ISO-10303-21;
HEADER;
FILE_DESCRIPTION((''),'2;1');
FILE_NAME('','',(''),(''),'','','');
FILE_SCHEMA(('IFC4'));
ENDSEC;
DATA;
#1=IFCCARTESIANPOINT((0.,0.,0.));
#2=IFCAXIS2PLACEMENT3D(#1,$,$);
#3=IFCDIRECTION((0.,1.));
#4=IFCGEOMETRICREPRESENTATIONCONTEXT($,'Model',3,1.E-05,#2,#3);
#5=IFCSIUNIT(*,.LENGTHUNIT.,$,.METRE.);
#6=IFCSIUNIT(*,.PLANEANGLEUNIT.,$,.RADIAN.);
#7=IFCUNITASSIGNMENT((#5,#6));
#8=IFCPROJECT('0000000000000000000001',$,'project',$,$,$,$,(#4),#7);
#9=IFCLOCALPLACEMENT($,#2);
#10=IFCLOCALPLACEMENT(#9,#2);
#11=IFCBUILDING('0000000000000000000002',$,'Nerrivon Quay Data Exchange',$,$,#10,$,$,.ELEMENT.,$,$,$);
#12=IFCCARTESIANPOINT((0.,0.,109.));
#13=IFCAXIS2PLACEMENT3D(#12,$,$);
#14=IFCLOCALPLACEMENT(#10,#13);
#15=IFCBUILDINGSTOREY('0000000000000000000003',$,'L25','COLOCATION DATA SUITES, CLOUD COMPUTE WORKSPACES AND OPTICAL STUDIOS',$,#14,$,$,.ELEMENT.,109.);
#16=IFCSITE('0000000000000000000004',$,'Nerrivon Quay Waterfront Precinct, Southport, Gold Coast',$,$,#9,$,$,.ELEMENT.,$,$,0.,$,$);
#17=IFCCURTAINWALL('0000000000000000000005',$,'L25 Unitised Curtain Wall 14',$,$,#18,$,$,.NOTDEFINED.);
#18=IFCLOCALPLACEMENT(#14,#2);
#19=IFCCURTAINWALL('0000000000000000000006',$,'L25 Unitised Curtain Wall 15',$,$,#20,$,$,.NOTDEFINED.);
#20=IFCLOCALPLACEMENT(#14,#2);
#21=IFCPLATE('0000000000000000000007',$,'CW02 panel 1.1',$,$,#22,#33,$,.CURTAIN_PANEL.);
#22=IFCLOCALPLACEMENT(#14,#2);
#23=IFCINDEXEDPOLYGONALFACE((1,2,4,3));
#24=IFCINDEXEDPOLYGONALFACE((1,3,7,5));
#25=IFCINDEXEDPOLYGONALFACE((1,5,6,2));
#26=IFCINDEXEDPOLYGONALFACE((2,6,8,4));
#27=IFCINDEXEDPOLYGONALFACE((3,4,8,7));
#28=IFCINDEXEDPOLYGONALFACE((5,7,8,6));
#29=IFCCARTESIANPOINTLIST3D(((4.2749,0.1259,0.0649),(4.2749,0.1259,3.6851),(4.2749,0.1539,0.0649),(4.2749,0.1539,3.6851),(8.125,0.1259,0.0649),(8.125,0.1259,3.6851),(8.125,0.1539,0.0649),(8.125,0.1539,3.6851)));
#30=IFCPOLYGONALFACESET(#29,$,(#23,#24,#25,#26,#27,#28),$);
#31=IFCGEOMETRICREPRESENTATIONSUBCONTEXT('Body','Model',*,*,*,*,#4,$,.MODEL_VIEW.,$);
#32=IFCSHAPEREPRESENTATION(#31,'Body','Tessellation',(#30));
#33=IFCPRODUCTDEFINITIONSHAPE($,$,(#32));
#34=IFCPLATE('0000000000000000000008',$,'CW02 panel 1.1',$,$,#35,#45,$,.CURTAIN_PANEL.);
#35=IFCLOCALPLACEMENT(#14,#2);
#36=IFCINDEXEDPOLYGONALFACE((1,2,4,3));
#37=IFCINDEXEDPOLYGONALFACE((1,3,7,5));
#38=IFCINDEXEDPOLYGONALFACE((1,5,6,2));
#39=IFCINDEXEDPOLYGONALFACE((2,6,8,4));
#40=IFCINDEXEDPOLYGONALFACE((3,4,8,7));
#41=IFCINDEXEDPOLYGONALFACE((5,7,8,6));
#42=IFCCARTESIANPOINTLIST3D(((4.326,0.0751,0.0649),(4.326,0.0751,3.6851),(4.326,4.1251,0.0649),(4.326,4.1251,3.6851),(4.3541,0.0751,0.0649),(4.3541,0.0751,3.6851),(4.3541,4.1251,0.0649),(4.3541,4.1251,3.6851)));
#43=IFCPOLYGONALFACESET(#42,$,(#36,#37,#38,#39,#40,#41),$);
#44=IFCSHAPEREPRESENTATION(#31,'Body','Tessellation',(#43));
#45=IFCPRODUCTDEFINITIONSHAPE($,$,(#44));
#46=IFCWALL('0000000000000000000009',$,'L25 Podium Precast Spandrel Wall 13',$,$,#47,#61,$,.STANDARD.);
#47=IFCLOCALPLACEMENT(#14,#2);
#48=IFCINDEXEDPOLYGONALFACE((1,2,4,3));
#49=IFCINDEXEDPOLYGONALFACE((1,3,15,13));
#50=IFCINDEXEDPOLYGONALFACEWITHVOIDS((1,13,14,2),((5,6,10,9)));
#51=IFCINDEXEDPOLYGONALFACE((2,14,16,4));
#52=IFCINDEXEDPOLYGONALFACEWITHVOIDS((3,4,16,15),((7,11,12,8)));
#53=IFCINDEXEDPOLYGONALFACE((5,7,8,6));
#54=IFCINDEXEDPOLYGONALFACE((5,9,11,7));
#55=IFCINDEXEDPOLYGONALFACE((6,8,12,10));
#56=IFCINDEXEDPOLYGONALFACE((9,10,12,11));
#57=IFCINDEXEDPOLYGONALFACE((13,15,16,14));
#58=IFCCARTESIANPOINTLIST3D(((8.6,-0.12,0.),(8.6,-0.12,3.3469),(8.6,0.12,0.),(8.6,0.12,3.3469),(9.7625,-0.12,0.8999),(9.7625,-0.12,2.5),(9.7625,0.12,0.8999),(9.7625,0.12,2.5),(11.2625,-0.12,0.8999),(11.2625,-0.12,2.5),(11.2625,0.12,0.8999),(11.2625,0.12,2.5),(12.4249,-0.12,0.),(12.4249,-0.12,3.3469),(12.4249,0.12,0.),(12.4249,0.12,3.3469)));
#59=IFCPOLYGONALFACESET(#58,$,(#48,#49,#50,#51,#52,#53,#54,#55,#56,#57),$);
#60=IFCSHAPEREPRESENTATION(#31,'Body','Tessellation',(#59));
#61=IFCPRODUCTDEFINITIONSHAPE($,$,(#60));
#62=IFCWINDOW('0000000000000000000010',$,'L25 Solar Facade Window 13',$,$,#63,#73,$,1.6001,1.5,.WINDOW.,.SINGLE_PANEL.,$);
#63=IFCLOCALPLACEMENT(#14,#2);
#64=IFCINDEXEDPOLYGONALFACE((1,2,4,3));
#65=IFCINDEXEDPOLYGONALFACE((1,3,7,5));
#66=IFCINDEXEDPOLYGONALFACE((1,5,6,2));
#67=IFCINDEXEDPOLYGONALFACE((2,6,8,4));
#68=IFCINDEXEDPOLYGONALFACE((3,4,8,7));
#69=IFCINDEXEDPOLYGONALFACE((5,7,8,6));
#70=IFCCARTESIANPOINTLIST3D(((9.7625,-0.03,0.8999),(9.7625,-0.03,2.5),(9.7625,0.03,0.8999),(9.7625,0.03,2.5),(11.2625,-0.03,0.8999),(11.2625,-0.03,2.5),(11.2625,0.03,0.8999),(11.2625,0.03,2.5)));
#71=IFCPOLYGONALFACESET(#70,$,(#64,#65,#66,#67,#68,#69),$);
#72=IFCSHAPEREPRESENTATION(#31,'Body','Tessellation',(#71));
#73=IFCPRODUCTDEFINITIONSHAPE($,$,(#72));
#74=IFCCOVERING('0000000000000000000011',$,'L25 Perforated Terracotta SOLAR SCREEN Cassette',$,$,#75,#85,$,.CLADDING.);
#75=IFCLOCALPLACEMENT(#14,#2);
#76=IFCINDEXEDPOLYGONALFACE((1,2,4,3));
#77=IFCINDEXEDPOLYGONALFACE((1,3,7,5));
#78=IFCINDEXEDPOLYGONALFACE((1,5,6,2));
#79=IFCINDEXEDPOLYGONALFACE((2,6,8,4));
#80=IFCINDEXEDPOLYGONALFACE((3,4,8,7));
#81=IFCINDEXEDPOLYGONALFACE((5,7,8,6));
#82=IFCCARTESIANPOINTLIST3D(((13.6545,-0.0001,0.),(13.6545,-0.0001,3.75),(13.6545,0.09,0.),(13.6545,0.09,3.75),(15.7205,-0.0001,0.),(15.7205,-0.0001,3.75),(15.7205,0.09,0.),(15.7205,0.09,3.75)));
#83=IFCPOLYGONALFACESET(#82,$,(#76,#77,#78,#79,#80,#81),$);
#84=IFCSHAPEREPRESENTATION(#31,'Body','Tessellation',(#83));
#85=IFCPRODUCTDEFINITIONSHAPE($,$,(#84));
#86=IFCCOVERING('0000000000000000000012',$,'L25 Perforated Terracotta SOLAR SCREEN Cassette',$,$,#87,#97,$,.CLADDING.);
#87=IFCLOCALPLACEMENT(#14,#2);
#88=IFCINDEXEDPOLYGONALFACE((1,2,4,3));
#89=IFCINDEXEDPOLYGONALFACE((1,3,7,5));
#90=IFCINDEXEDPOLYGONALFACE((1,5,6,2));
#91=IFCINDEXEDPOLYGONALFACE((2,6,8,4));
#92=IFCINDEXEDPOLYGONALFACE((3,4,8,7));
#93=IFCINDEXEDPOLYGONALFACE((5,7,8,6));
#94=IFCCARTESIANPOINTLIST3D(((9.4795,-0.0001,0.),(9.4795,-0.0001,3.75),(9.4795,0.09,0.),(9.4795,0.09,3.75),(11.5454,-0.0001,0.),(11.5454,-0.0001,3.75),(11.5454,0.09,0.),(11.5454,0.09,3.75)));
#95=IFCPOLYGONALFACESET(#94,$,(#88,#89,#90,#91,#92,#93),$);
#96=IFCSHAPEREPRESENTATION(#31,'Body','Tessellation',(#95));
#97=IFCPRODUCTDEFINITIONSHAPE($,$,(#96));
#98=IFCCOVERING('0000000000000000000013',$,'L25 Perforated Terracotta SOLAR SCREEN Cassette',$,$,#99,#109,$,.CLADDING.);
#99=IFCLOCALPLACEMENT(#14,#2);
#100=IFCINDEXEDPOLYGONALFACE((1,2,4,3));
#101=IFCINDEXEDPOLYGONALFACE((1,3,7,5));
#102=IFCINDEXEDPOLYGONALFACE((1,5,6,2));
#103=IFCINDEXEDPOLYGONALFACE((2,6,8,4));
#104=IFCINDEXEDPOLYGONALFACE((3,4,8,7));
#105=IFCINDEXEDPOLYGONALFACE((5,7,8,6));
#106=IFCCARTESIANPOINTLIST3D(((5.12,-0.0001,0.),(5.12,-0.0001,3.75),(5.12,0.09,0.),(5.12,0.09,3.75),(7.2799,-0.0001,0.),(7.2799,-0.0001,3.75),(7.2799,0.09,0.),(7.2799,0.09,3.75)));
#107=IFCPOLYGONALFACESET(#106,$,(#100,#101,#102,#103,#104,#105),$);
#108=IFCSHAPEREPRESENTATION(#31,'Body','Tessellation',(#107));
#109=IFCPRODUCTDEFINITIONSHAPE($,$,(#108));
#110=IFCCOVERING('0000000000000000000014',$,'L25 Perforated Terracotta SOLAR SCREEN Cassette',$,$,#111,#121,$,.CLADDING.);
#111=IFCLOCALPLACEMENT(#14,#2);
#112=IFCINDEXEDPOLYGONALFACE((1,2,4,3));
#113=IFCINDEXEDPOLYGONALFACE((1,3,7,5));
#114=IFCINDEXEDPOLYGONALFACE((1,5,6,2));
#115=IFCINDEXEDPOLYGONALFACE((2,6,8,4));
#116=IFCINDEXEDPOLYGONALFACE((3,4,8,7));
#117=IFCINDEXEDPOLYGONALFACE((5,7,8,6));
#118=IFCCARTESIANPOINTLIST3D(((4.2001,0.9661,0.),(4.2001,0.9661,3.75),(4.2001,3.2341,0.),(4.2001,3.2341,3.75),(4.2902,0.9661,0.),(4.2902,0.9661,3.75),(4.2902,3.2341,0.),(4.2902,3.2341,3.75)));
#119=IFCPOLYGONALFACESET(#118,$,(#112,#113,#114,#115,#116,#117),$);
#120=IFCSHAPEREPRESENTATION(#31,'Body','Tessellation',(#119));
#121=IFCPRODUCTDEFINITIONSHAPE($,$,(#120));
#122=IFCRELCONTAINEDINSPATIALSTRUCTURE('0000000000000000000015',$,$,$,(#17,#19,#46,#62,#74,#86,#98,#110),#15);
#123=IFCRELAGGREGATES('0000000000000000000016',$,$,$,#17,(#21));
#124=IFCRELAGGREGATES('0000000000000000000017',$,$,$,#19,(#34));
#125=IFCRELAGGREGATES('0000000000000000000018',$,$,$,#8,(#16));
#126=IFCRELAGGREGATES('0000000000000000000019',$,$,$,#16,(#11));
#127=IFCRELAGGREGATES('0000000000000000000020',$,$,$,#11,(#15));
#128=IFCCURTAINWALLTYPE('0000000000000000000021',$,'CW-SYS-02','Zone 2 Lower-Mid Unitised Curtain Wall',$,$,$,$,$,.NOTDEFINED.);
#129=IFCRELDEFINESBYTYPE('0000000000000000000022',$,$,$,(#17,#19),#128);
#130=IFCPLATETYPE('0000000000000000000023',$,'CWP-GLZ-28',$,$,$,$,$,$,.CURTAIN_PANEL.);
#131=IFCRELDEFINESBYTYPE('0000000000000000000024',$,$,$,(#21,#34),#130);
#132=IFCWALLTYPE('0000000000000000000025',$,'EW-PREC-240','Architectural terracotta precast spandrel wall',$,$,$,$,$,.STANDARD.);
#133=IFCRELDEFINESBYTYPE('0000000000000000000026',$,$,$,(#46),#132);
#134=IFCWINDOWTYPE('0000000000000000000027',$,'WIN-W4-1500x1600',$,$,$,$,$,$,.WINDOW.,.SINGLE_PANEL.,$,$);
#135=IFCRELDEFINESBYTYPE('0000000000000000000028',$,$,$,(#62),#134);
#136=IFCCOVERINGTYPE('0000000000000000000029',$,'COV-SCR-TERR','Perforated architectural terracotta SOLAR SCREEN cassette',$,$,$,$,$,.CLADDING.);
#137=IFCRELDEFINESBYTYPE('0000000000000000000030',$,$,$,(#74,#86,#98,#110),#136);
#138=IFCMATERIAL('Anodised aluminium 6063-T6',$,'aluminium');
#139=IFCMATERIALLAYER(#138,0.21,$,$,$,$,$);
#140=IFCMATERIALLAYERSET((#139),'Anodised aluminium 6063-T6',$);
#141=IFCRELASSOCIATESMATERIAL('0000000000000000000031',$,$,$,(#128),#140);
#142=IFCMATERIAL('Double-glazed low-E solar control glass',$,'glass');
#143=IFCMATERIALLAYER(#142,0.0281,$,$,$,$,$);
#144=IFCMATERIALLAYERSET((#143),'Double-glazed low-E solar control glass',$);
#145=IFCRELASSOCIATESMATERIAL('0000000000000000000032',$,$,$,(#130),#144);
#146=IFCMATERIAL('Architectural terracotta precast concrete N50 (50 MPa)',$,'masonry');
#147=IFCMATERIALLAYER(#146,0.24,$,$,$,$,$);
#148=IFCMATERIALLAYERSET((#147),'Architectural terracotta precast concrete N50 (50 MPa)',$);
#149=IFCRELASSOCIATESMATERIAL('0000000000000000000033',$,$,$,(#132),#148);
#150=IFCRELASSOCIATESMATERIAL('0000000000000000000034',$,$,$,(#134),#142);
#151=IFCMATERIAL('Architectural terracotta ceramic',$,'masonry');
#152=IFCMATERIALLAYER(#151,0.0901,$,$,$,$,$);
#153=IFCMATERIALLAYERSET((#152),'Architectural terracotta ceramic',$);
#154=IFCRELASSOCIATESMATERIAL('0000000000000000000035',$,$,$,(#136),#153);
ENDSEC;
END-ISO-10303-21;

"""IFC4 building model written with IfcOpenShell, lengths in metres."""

from ifc_helpers import new_model, si_unit, direction, frame, frame_2d, origin, origin_2d, place, context, subcontext, project, spatial, rectangle, extrude, material, layer, layer_set, type_object, element, fill, aggregate, save


model = new_model("IFC4")

# Units and contexts
model_context = context("Model", 3, precision=1e-05, world=origin(), true_north=direction((0.0, 1.0)))
body_context = subcontext(model_context, "Body", "Model", "MODEL_VIEW")
ifc_project = project(units=[si_unit("LENGTHUNIT", "METRE"), si_unit("PLANEANGLEUNIT", "RADIAN")], contexts=[model_context])

# Site, building, storey
site_placement = place(None, origin())
site = spatial("IfcSite", under=ifc_project, at=site_placement, Name="Nerrivon Quay Waterfront Precinct, Southport, Gold Coast", CompositionType="ELEMENT", RefElevation=0.0)
building_placement = place(site_placement, origin())
building = spatial("IfcBuilding", under=site, at=building_placement, Name="Nerrivon Quay Data Exchange", CompositionType="ELEMENT")
storey_placement = place(building_placement, frame((0.0, 0.0, 109.0)))
storey = spatial("IfcBuildingStorey", under=building, at=storey_placement, Name="L25", Description="COLOCATION DATA SUITES, CLOUD COMPUTE WORKSPACES AND OPTICAL STUDIOS", CompositionType="ELEMENT", Elevation=109.0)

# Curtain walls
ifc_material_1 = material(Name="Anodised aluminium 6063-T6", Category="aluminium")
ifc_layer_1 = layer(ifc_material_1, 0.21)
ifc_layer_set_1 = layer_set([ifc_layer_1], Name="Anodised aluminium 6063-T6")
curtain_wall_type = type_object("IfcCurtainWallType", Name="CW-SYS-02", Description="Zone 2 Lower-Mid Unitised Curtain Wall", PredefinedType="NOTDEFINED", material=ifc_layer_set_1)
curtain_wall_1_placement = place(storey_placement, origin())
curtain_wall_1 = element("IfcCurtainWall", 1, at=curtain_wall_1_placement, inside=storey, type_object=curtain_wall_type, Name="L25 Unitised Curtain Wall 14", PredefinedType="NOTDEFINED")
curtain_wall_2_placement = place(storey_placement, origin())
curtain_wall_2 = element("IfcCurtainWall", 2, at=curtain_wall_2_placement, inside=storey, type_object=curtain_wall_type, Name="L25 Unitised Curtain Wall 15", PredefinedType="NOTDEFINED")

# Plates
ifc_material_2 = material(Name="Double-glazed low-E solar control glass", Category="glass")
ifc_layer_2 = layer(ifc_material_2, 0.0281)
ifc_layer_set_2 = layer_set([ifc_layer_2], Name="Double-glazed low-E solar control glass")
plate_type = type_object("IfcPlateType", Name="CWP-GLZ-28", PredefinedType="CURTAIN_PANEL", material=ifc_layer_set_2)
plate_1_placement = place(storey_placement, frame((6.2, 0.1399, 0.0649), z_axis=(0.0, 0.0, 1.0), x_axis=(-1.0, 0.0, 0.0)))
plate_1 = element("IfcPlate", 3, at=plate_1_placement, type_object=plate_type, Name="CW02 panel 1.1", PredefinedType="CURTAIN_PANEL", context=body_context, shape_type="SweptSolid", body=[
    extrude(rectangle(XDim=3.8501, YDim=0.0281, at=origin_2d()), origin(), (0.0, 0.0, 1.0), 3.6201),
])
aggregate(curtain_wall_1, [plate_1])
plate_2_placement = place(storey_placement, frame((4.3401, 2.1001, 0.0649), z_axis=(0.0, 0.0, 1.0), x_axis=(0.0, 1.0, 0.0)))
plate_2 = element("IfcPlate", 4, at=plate_2_placement, type_object=plate_type, Name="CW02 panel 1.1", PredefinedType="CURTAIN_PANEL", context=body_context, shape_type="SweptSolid", body=[
    extrude(rectangle(XDim=4.05, YDim=0.0281, at=origin_2d()), origin(), (0.0, 0.0, 1.0), 3.6201),
])
aggregate(curtain_wall_2, [plate_2])

# Wall, opening, window
ifc_material_3 = material(Name="Architectural terracotta precast concrete N50 (50 MPa)", Category="masonry")
ifc_layer_3 = layer(ifc_material_3, 0.24)
ifc_layer_set_3 = layer_set([ifc_layer_3], Name="Architectural terracotta precast concrete N50 (50 MPa)")
wall_type = type_object("IfcWallType", Name="EW-PREC-240", Description="Architectural terracotta precast spandrel wall", PredefinedType="STANDARD", material=ifc_layer_set_3)
wall_placement = place(storey_placement, frame((12.425, 0.0, 0.0), z_axis=(0.0, 0.0, 1.0), x_axis=(-1.0, 0.0, 0.0)))
wall = element("IfcWall", 5, at=wall_placement, inside=storey, type_object=wall_type, Name="L25 Podium Precast Spandrel Wall 13", PredefinedType="STANDARD", context=body_context, shape_type="SweptSolid", body=[
    extrude(rectangle(XDim=3.825, YDim=0.24, at=frame_2d((1.9126, 0.0))), origin(), (0.0, 0.0, 1.0), 3.3469),
])
opening_placement = place(wall_placement, frame((1.1626, 0.0, 0.8999)))
opening = element("IfcOpeningElement", 6, at=opening_placement, cuts=wall, PredefinedType="OPENING", context=body_context, shape_type="SweptSolid", body=[
    extrude(rectangle(XDim=1.5, YDim=1.6001, at=frame_2d((0.75, 0.8))), frame((0.0, 0.1299, 0.0), z_axis=(0.0, -1.0, 0.0), x_axis=(1.0, 0.0, 0.0)), (0.0, 0.0, 1.0), 0.26),
])
window_type = type_object("IfcWindowType", Name="WIN-W4-1500x1600", PartitioningType="SINGLE_PANEL", PredefinedType="WINDOW", material=ifc_material_2)
window_placement = place(opening_placement, origin())
window = element("IfcWindow", 7, at=window_placement, inside=storey, type_object=window_type, Name="L25 Solar Facade Window 13", OverallHeight=1.6001, OverallWidth=1.5, PartitioningType="SINGLE_PANEL", PredefinedType="WINDOW", context=body_context, shape_type="SweptSolid", body=[
    extrude(rectangle(XDim=1.5, YDim=1.6001, at=frame_2d((0.75, 0.8))), frame((0.0, 0.03, 0.0), z_axis=(0.0, -1.0, 0.0), x_axis=(1.0, 0.0, 0.0)), (0.0, 0.0, 1.0), 0.0601),
])
fill(opening, window)

# Coverings
ifc_material_4 = material(Name="Architectural terracotta ceramic", Category="masonry")
ifc_layer_4 = layer(ifc_material_4, 0.0901)
ifc_layer_set_4 = layer_set([ifc_layer_4], Name="Architectural terracotta ceramic")
covering_type = type_object("IfcCoveringType", Name="COV-SCR-TERR", Description="Perforated architectural terracotta SOLAR SCREEN cassette", PredefinedType="CLADDING", material=ifc_layer_set_4)
for number, where, z_axis, x_axis, name in (
    (8, (14.6875, 0.0449, 0.0), (0.0, 0.0, 1.0), (-1.0, 0.0, 0.0), "L25 Perforated Terracotta SOLAR SCREEN Cassette"),
    (9, (10.5125, 0.0449, 0.0), (0.0, 0.0, 1.0), (-1.0, 0.0, 0.0), "L25 Perforated Terracotta SOLAR SCREEN Cassette"),
):
    element("IfcCovering", number, at=place(storey_placement, frame(where, z_axis=z_axis, x_axis=x_axis)), inside=storey, type_object=covering_type, Name=name, PredefinedType="CLADDING", context=body_context, shape_type="SweptSolid", body=[
        extrude(rectangle(XDim=2.0659, YDim=0.0901, at=origin_2d()), origin(), (0.0, 0.0, 1.0), 3.75),
    ])
covering_1_placement = place(storey_placement, frame((6.2, 0.0449, 0.0), z_axis=(0.0, 0.0, 1.0), x_axis=(-1.0, 0.0, 0.0)))
element("IfcCovering", 10, at=covering_1_placement, inside=storey, type_object=covering_type, Name="L25 Perforated Terracotta SOLAR SCREEN Cassette", PredefinedType="CLADDING", context=body_context, shape_type="SweptSolid", body=[
    extrude(rectangle(XDim=2.1599, YDim=0.0901, at=origin_2d()), origin(), (0.0, 0.0, 1.0), 3.75),
])
covering_2_placement = place(storey_placement, frame((4.2451, 2.1001, 0.0), z_axis=(0.0, 0.0, 1.0), x_axis=(0.0, 1.0, 0.0)))
element("IfcCovering", 11, at=covering_2_placement, inside=storey, type_object=covering_type, Name="L25 Perforated Terracotta SOLAR SCREEN Cassette", PredefinedType="CLADDING", context=body_context, shape_type="SweptSolid", body=[
    extrude(rectangle(XDim=2.2681, YDim=0.0901, at=origin_2d()), origin(), (0.0, 0.0, 1.0), 3.75),
])

save(model, "model.ifc")
